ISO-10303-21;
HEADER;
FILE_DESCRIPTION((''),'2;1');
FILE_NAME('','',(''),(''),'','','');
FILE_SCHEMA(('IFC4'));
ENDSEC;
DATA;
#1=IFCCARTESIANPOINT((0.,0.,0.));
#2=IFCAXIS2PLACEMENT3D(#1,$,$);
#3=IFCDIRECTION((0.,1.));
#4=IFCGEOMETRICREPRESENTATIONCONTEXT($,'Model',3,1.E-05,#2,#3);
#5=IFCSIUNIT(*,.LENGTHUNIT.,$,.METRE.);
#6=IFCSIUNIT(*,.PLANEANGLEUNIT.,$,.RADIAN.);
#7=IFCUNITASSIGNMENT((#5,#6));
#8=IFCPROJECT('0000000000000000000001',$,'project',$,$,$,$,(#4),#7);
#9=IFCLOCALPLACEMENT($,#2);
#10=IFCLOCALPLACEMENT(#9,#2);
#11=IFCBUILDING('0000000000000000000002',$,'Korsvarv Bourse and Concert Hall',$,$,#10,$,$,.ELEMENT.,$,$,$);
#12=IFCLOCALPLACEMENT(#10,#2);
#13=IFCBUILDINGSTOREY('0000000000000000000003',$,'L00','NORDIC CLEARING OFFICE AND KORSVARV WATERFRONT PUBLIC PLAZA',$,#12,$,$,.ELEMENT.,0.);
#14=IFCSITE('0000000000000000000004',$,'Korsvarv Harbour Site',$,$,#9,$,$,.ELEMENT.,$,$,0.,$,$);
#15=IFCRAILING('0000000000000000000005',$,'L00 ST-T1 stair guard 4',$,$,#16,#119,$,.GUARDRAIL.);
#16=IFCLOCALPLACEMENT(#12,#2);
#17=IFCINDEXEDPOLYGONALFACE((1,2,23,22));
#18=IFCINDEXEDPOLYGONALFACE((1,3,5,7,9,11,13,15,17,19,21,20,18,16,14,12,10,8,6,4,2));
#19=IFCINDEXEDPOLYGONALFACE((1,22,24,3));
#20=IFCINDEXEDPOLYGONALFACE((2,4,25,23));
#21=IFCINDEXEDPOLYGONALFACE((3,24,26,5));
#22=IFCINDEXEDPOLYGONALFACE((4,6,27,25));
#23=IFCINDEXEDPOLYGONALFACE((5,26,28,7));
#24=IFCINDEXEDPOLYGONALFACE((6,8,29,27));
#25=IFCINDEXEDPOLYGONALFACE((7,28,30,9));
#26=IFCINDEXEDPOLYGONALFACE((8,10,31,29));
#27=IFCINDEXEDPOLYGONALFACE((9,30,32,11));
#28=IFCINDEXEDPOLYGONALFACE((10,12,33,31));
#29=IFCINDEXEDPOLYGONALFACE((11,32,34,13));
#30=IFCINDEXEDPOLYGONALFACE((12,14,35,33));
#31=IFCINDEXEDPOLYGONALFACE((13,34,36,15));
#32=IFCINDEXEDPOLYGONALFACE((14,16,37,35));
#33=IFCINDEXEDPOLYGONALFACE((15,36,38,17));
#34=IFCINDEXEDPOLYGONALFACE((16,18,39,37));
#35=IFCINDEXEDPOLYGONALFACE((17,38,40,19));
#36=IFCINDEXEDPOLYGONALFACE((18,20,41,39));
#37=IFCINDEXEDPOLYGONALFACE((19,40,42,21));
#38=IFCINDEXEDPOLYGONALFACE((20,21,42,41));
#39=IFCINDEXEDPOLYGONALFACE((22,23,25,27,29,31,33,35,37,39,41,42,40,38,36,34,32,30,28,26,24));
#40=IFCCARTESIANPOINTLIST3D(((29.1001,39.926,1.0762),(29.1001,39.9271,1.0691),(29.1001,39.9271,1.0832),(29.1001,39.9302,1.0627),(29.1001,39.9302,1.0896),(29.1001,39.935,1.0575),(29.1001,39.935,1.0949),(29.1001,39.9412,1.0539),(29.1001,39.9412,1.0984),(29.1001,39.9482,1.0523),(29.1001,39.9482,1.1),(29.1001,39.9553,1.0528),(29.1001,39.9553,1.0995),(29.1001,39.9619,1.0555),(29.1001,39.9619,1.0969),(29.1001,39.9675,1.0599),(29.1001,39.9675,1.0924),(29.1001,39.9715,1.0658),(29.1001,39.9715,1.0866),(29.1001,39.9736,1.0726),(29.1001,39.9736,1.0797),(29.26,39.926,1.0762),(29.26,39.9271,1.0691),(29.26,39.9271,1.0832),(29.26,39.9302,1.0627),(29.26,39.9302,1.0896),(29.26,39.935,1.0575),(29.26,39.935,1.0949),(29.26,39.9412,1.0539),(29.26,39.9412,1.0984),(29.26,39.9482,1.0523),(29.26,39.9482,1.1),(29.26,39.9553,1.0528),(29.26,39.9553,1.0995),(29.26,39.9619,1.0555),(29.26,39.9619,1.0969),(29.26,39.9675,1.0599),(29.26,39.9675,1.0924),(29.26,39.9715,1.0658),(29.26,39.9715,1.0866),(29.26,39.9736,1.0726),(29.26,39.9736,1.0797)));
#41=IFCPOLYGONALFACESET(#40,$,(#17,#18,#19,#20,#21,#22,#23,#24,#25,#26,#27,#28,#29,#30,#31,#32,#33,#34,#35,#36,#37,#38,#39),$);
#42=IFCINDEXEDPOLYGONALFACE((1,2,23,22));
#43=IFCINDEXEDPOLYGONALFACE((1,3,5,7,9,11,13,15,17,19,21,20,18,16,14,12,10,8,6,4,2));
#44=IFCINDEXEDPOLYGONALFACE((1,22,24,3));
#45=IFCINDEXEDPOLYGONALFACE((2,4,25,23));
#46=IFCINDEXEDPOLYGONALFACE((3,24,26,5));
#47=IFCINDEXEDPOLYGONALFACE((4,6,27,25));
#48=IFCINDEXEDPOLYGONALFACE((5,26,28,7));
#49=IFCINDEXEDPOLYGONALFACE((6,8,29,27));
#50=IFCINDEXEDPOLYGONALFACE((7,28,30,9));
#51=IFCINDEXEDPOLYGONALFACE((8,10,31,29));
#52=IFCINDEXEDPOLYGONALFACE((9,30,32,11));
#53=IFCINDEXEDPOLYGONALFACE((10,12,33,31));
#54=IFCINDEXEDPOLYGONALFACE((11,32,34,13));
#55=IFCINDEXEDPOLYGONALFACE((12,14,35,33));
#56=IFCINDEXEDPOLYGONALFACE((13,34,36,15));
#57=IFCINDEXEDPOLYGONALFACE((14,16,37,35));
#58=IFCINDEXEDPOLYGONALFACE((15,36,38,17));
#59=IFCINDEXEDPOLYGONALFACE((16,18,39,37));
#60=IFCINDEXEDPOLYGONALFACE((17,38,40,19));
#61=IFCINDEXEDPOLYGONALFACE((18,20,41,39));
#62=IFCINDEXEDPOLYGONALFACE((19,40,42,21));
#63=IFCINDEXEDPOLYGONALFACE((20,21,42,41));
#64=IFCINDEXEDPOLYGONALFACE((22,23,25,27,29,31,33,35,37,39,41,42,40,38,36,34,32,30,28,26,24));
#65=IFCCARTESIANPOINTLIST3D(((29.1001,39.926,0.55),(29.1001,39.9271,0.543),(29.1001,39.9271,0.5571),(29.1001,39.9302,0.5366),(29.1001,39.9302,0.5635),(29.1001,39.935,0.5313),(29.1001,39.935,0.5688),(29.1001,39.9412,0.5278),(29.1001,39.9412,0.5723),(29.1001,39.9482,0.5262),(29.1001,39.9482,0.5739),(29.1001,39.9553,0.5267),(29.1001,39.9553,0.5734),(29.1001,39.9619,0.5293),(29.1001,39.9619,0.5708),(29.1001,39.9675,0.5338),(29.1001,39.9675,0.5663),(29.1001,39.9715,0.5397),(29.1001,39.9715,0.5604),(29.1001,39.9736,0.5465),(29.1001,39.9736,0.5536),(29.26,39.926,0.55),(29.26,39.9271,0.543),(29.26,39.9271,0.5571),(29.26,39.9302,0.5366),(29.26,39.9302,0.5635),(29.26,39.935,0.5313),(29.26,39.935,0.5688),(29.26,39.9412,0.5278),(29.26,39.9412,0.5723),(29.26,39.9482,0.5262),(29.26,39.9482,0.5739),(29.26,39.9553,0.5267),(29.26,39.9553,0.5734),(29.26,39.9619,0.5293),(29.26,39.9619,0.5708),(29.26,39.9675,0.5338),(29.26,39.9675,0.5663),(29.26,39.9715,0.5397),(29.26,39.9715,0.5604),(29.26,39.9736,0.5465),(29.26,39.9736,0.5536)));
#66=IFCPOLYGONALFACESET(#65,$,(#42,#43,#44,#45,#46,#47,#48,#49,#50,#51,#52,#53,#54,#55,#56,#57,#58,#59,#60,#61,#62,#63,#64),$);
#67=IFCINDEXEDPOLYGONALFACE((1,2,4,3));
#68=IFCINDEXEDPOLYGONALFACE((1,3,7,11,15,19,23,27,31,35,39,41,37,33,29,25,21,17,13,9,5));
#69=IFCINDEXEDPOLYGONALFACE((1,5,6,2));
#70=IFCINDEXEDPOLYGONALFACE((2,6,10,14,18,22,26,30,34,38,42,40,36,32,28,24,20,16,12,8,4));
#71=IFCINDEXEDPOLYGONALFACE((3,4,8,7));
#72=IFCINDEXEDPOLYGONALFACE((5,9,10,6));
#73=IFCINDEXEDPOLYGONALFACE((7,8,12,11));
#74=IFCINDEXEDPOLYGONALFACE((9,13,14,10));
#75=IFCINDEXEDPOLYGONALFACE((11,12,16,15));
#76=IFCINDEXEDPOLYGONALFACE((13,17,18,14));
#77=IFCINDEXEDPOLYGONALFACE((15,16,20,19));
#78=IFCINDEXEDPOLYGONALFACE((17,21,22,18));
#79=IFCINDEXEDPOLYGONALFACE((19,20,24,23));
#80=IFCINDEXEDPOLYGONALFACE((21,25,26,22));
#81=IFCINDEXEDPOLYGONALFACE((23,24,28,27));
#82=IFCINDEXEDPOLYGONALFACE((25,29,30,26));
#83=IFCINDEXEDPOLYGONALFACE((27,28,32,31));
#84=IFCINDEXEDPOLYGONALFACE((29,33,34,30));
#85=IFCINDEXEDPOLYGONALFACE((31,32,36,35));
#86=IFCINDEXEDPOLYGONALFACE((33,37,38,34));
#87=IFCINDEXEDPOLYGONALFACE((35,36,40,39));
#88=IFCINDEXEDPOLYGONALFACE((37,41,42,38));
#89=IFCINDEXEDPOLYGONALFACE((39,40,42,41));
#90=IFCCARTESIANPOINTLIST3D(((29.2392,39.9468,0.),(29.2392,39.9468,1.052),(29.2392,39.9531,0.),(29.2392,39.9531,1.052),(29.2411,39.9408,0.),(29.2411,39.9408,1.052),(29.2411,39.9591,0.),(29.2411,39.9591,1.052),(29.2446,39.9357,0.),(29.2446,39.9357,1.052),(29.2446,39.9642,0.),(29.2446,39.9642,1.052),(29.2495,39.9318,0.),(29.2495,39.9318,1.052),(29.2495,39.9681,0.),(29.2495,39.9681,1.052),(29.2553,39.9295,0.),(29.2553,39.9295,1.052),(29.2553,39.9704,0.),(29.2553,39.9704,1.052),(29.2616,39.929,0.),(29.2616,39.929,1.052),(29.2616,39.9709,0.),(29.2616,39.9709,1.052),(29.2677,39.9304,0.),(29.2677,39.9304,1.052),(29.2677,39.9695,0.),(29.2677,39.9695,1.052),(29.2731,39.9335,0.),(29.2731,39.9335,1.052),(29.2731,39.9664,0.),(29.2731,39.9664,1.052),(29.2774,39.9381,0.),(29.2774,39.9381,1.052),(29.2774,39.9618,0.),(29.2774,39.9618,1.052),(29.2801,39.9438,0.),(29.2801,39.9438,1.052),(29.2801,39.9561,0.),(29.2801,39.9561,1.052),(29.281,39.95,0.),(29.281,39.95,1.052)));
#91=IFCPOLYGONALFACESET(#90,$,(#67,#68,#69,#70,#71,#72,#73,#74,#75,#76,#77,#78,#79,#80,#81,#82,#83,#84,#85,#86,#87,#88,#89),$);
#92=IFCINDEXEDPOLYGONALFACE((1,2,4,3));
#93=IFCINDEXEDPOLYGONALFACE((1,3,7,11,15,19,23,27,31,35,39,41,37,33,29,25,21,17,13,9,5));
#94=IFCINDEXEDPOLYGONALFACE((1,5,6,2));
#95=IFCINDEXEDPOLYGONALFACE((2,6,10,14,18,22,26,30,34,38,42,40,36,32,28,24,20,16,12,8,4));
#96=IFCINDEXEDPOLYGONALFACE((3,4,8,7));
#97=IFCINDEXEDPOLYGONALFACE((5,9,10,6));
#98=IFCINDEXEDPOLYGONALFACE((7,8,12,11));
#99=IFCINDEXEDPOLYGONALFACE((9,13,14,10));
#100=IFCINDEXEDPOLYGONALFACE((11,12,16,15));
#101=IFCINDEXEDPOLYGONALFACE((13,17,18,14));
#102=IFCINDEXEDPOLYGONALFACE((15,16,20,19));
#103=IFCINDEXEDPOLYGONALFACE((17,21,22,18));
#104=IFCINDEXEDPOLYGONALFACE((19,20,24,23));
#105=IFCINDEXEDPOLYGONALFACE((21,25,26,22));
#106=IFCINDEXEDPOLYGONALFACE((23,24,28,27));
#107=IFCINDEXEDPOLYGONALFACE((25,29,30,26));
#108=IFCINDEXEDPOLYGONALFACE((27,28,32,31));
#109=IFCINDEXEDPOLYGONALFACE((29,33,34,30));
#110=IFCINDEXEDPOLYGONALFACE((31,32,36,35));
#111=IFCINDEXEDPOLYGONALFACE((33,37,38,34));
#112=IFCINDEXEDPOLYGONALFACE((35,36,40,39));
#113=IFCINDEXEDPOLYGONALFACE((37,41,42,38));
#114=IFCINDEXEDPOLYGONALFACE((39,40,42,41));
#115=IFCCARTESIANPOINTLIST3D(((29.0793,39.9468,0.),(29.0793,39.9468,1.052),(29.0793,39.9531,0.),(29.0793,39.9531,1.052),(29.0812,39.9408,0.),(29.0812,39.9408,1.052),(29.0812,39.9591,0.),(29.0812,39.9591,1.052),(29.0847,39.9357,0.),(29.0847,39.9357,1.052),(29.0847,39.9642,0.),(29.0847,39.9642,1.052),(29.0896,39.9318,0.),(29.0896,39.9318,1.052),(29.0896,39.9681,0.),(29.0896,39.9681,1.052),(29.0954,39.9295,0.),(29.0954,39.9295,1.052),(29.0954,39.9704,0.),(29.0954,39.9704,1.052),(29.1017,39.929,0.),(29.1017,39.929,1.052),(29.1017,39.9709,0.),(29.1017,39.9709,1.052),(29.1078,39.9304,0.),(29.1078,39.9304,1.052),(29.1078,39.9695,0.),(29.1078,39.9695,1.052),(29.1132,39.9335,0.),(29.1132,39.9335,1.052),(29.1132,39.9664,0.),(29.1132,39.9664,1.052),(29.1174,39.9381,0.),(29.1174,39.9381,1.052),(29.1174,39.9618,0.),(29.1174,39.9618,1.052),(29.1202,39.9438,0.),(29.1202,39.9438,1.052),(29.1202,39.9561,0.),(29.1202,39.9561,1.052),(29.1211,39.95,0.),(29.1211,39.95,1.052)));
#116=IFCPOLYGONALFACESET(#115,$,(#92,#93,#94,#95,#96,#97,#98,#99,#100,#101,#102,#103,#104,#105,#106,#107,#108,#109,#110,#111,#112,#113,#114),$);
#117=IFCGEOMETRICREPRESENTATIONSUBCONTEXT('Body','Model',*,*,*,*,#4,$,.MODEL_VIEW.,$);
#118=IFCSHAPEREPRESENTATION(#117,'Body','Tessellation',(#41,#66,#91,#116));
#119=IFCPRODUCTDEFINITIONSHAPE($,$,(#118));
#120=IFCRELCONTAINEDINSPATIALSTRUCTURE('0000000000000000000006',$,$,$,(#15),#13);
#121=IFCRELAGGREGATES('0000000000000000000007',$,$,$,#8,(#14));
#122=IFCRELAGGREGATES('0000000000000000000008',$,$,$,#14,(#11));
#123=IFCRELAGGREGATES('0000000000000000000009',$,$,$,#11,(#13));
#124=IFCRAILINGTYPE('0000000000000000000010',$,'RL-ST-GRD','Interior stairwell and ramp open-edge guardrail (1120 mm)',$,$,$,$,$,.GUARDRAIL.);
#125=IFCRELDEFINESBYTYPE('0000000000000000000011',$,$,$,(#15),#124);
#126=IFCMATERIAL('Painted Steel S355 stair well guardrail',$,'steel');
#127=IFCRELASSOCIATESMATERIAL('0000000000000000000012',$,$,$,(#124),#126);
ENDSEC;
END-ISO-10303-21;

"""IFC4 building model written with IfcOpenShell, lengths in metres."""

from ifc_helpers import new_model, si_unit, direction, frame, origin, origin_2d, place, context, subcontext, project, spatial, circle, extrude, material, type_object, element, save


model = new_model("IFC4")

# Units and contexts
model_context = context("Model", 3, precision=1e-05, world=origin(), true_north=direction((0.0, 1.0)))
body_context = subcontext(model_context, "Body", "Model", "MODEL_VIEW")
ifc_project = project(units=[si_unit("LENGTHUNIT", "METRE"), si_unit("PLANEANGLEUNIT", "RADIAN")], contexts=[model_context])

# Site, building, storey
site_placement = place(None, origin())
site = spatial("IfcSite", under=ifc_project, at=site_placement, Name="Korsvarv Harbour Site", CompositionType="ELEMENT", RefElevation=0.0)
building_placement = place(site_placement, origin())
building = spatial("IfcBuilding", under=site, at=building_placement, Name="Korsvarv Bourse and Concert Hall", CompositionType="ELEMENT")
storey_placement = place(building_placement, origin())
storey = spatial("IfcBuildingStorey", under=building, at=storey_placement, Name="L00", Description="NORDIC CLEARING OFFICE AND KORSVARV WATERFRONT PUBLIC PLAZA", CompositionType="ELEMENT", Elevation=0.0)

# Railing
ifc_material_1 = material(Name="Painted Steel S355 stair well guardrail", Category="steel")
railing_type_1 = type_object("IfcRailingType", Name="RL-ST-GRD", Description="Interior stairwell and ramp open-edge guardrail (1120 mm)", PredefinedType="GUARDRAIL", material=ifc_material_1)
railing_1_placement = place(storey_placement, frame((29.26, 39.95, 0.0)))
element("IfcRailing", 1, at=railing_1_placement, inside=storey, type_object=railing_type_1, Name="L00 ST-T1 stair guard 4", PredefinedType="GUARDRAIL", context=body_context, shape_type="SweptSolid", body=[
    extrude(circle(Radius=0.0239, at=origin_2d()), frame((0.0, 0.0, 1.0762), z_axis=(-1.0, 0.0, 0.0), x_axis=(0.0, -1.0, 0.0)), (0.0, 0.0, 1.0), 0.1599),
    extrude(circle(Radius=0.0239, at=origin_2d()), frame((0.0, 0.0, 0.55), z_axis=(-1.0, 0.0, 0.0), x_axis=(0.0, -1.0, 0.0)), (0.0, 0.0, 1.0), 0.1599),
    extrude(circle(Radius=0.021, at=origin_2d()), origin(), (0.0, 0.0, 1.0), 1.052),
    extrude(circle(Radius=0.021, at=origin_2d()), frame((-0.1599, 0.0, 0.0)), (0.0, 0.0, 1.0), 1.052),
])

save(model, "model.ifc")
